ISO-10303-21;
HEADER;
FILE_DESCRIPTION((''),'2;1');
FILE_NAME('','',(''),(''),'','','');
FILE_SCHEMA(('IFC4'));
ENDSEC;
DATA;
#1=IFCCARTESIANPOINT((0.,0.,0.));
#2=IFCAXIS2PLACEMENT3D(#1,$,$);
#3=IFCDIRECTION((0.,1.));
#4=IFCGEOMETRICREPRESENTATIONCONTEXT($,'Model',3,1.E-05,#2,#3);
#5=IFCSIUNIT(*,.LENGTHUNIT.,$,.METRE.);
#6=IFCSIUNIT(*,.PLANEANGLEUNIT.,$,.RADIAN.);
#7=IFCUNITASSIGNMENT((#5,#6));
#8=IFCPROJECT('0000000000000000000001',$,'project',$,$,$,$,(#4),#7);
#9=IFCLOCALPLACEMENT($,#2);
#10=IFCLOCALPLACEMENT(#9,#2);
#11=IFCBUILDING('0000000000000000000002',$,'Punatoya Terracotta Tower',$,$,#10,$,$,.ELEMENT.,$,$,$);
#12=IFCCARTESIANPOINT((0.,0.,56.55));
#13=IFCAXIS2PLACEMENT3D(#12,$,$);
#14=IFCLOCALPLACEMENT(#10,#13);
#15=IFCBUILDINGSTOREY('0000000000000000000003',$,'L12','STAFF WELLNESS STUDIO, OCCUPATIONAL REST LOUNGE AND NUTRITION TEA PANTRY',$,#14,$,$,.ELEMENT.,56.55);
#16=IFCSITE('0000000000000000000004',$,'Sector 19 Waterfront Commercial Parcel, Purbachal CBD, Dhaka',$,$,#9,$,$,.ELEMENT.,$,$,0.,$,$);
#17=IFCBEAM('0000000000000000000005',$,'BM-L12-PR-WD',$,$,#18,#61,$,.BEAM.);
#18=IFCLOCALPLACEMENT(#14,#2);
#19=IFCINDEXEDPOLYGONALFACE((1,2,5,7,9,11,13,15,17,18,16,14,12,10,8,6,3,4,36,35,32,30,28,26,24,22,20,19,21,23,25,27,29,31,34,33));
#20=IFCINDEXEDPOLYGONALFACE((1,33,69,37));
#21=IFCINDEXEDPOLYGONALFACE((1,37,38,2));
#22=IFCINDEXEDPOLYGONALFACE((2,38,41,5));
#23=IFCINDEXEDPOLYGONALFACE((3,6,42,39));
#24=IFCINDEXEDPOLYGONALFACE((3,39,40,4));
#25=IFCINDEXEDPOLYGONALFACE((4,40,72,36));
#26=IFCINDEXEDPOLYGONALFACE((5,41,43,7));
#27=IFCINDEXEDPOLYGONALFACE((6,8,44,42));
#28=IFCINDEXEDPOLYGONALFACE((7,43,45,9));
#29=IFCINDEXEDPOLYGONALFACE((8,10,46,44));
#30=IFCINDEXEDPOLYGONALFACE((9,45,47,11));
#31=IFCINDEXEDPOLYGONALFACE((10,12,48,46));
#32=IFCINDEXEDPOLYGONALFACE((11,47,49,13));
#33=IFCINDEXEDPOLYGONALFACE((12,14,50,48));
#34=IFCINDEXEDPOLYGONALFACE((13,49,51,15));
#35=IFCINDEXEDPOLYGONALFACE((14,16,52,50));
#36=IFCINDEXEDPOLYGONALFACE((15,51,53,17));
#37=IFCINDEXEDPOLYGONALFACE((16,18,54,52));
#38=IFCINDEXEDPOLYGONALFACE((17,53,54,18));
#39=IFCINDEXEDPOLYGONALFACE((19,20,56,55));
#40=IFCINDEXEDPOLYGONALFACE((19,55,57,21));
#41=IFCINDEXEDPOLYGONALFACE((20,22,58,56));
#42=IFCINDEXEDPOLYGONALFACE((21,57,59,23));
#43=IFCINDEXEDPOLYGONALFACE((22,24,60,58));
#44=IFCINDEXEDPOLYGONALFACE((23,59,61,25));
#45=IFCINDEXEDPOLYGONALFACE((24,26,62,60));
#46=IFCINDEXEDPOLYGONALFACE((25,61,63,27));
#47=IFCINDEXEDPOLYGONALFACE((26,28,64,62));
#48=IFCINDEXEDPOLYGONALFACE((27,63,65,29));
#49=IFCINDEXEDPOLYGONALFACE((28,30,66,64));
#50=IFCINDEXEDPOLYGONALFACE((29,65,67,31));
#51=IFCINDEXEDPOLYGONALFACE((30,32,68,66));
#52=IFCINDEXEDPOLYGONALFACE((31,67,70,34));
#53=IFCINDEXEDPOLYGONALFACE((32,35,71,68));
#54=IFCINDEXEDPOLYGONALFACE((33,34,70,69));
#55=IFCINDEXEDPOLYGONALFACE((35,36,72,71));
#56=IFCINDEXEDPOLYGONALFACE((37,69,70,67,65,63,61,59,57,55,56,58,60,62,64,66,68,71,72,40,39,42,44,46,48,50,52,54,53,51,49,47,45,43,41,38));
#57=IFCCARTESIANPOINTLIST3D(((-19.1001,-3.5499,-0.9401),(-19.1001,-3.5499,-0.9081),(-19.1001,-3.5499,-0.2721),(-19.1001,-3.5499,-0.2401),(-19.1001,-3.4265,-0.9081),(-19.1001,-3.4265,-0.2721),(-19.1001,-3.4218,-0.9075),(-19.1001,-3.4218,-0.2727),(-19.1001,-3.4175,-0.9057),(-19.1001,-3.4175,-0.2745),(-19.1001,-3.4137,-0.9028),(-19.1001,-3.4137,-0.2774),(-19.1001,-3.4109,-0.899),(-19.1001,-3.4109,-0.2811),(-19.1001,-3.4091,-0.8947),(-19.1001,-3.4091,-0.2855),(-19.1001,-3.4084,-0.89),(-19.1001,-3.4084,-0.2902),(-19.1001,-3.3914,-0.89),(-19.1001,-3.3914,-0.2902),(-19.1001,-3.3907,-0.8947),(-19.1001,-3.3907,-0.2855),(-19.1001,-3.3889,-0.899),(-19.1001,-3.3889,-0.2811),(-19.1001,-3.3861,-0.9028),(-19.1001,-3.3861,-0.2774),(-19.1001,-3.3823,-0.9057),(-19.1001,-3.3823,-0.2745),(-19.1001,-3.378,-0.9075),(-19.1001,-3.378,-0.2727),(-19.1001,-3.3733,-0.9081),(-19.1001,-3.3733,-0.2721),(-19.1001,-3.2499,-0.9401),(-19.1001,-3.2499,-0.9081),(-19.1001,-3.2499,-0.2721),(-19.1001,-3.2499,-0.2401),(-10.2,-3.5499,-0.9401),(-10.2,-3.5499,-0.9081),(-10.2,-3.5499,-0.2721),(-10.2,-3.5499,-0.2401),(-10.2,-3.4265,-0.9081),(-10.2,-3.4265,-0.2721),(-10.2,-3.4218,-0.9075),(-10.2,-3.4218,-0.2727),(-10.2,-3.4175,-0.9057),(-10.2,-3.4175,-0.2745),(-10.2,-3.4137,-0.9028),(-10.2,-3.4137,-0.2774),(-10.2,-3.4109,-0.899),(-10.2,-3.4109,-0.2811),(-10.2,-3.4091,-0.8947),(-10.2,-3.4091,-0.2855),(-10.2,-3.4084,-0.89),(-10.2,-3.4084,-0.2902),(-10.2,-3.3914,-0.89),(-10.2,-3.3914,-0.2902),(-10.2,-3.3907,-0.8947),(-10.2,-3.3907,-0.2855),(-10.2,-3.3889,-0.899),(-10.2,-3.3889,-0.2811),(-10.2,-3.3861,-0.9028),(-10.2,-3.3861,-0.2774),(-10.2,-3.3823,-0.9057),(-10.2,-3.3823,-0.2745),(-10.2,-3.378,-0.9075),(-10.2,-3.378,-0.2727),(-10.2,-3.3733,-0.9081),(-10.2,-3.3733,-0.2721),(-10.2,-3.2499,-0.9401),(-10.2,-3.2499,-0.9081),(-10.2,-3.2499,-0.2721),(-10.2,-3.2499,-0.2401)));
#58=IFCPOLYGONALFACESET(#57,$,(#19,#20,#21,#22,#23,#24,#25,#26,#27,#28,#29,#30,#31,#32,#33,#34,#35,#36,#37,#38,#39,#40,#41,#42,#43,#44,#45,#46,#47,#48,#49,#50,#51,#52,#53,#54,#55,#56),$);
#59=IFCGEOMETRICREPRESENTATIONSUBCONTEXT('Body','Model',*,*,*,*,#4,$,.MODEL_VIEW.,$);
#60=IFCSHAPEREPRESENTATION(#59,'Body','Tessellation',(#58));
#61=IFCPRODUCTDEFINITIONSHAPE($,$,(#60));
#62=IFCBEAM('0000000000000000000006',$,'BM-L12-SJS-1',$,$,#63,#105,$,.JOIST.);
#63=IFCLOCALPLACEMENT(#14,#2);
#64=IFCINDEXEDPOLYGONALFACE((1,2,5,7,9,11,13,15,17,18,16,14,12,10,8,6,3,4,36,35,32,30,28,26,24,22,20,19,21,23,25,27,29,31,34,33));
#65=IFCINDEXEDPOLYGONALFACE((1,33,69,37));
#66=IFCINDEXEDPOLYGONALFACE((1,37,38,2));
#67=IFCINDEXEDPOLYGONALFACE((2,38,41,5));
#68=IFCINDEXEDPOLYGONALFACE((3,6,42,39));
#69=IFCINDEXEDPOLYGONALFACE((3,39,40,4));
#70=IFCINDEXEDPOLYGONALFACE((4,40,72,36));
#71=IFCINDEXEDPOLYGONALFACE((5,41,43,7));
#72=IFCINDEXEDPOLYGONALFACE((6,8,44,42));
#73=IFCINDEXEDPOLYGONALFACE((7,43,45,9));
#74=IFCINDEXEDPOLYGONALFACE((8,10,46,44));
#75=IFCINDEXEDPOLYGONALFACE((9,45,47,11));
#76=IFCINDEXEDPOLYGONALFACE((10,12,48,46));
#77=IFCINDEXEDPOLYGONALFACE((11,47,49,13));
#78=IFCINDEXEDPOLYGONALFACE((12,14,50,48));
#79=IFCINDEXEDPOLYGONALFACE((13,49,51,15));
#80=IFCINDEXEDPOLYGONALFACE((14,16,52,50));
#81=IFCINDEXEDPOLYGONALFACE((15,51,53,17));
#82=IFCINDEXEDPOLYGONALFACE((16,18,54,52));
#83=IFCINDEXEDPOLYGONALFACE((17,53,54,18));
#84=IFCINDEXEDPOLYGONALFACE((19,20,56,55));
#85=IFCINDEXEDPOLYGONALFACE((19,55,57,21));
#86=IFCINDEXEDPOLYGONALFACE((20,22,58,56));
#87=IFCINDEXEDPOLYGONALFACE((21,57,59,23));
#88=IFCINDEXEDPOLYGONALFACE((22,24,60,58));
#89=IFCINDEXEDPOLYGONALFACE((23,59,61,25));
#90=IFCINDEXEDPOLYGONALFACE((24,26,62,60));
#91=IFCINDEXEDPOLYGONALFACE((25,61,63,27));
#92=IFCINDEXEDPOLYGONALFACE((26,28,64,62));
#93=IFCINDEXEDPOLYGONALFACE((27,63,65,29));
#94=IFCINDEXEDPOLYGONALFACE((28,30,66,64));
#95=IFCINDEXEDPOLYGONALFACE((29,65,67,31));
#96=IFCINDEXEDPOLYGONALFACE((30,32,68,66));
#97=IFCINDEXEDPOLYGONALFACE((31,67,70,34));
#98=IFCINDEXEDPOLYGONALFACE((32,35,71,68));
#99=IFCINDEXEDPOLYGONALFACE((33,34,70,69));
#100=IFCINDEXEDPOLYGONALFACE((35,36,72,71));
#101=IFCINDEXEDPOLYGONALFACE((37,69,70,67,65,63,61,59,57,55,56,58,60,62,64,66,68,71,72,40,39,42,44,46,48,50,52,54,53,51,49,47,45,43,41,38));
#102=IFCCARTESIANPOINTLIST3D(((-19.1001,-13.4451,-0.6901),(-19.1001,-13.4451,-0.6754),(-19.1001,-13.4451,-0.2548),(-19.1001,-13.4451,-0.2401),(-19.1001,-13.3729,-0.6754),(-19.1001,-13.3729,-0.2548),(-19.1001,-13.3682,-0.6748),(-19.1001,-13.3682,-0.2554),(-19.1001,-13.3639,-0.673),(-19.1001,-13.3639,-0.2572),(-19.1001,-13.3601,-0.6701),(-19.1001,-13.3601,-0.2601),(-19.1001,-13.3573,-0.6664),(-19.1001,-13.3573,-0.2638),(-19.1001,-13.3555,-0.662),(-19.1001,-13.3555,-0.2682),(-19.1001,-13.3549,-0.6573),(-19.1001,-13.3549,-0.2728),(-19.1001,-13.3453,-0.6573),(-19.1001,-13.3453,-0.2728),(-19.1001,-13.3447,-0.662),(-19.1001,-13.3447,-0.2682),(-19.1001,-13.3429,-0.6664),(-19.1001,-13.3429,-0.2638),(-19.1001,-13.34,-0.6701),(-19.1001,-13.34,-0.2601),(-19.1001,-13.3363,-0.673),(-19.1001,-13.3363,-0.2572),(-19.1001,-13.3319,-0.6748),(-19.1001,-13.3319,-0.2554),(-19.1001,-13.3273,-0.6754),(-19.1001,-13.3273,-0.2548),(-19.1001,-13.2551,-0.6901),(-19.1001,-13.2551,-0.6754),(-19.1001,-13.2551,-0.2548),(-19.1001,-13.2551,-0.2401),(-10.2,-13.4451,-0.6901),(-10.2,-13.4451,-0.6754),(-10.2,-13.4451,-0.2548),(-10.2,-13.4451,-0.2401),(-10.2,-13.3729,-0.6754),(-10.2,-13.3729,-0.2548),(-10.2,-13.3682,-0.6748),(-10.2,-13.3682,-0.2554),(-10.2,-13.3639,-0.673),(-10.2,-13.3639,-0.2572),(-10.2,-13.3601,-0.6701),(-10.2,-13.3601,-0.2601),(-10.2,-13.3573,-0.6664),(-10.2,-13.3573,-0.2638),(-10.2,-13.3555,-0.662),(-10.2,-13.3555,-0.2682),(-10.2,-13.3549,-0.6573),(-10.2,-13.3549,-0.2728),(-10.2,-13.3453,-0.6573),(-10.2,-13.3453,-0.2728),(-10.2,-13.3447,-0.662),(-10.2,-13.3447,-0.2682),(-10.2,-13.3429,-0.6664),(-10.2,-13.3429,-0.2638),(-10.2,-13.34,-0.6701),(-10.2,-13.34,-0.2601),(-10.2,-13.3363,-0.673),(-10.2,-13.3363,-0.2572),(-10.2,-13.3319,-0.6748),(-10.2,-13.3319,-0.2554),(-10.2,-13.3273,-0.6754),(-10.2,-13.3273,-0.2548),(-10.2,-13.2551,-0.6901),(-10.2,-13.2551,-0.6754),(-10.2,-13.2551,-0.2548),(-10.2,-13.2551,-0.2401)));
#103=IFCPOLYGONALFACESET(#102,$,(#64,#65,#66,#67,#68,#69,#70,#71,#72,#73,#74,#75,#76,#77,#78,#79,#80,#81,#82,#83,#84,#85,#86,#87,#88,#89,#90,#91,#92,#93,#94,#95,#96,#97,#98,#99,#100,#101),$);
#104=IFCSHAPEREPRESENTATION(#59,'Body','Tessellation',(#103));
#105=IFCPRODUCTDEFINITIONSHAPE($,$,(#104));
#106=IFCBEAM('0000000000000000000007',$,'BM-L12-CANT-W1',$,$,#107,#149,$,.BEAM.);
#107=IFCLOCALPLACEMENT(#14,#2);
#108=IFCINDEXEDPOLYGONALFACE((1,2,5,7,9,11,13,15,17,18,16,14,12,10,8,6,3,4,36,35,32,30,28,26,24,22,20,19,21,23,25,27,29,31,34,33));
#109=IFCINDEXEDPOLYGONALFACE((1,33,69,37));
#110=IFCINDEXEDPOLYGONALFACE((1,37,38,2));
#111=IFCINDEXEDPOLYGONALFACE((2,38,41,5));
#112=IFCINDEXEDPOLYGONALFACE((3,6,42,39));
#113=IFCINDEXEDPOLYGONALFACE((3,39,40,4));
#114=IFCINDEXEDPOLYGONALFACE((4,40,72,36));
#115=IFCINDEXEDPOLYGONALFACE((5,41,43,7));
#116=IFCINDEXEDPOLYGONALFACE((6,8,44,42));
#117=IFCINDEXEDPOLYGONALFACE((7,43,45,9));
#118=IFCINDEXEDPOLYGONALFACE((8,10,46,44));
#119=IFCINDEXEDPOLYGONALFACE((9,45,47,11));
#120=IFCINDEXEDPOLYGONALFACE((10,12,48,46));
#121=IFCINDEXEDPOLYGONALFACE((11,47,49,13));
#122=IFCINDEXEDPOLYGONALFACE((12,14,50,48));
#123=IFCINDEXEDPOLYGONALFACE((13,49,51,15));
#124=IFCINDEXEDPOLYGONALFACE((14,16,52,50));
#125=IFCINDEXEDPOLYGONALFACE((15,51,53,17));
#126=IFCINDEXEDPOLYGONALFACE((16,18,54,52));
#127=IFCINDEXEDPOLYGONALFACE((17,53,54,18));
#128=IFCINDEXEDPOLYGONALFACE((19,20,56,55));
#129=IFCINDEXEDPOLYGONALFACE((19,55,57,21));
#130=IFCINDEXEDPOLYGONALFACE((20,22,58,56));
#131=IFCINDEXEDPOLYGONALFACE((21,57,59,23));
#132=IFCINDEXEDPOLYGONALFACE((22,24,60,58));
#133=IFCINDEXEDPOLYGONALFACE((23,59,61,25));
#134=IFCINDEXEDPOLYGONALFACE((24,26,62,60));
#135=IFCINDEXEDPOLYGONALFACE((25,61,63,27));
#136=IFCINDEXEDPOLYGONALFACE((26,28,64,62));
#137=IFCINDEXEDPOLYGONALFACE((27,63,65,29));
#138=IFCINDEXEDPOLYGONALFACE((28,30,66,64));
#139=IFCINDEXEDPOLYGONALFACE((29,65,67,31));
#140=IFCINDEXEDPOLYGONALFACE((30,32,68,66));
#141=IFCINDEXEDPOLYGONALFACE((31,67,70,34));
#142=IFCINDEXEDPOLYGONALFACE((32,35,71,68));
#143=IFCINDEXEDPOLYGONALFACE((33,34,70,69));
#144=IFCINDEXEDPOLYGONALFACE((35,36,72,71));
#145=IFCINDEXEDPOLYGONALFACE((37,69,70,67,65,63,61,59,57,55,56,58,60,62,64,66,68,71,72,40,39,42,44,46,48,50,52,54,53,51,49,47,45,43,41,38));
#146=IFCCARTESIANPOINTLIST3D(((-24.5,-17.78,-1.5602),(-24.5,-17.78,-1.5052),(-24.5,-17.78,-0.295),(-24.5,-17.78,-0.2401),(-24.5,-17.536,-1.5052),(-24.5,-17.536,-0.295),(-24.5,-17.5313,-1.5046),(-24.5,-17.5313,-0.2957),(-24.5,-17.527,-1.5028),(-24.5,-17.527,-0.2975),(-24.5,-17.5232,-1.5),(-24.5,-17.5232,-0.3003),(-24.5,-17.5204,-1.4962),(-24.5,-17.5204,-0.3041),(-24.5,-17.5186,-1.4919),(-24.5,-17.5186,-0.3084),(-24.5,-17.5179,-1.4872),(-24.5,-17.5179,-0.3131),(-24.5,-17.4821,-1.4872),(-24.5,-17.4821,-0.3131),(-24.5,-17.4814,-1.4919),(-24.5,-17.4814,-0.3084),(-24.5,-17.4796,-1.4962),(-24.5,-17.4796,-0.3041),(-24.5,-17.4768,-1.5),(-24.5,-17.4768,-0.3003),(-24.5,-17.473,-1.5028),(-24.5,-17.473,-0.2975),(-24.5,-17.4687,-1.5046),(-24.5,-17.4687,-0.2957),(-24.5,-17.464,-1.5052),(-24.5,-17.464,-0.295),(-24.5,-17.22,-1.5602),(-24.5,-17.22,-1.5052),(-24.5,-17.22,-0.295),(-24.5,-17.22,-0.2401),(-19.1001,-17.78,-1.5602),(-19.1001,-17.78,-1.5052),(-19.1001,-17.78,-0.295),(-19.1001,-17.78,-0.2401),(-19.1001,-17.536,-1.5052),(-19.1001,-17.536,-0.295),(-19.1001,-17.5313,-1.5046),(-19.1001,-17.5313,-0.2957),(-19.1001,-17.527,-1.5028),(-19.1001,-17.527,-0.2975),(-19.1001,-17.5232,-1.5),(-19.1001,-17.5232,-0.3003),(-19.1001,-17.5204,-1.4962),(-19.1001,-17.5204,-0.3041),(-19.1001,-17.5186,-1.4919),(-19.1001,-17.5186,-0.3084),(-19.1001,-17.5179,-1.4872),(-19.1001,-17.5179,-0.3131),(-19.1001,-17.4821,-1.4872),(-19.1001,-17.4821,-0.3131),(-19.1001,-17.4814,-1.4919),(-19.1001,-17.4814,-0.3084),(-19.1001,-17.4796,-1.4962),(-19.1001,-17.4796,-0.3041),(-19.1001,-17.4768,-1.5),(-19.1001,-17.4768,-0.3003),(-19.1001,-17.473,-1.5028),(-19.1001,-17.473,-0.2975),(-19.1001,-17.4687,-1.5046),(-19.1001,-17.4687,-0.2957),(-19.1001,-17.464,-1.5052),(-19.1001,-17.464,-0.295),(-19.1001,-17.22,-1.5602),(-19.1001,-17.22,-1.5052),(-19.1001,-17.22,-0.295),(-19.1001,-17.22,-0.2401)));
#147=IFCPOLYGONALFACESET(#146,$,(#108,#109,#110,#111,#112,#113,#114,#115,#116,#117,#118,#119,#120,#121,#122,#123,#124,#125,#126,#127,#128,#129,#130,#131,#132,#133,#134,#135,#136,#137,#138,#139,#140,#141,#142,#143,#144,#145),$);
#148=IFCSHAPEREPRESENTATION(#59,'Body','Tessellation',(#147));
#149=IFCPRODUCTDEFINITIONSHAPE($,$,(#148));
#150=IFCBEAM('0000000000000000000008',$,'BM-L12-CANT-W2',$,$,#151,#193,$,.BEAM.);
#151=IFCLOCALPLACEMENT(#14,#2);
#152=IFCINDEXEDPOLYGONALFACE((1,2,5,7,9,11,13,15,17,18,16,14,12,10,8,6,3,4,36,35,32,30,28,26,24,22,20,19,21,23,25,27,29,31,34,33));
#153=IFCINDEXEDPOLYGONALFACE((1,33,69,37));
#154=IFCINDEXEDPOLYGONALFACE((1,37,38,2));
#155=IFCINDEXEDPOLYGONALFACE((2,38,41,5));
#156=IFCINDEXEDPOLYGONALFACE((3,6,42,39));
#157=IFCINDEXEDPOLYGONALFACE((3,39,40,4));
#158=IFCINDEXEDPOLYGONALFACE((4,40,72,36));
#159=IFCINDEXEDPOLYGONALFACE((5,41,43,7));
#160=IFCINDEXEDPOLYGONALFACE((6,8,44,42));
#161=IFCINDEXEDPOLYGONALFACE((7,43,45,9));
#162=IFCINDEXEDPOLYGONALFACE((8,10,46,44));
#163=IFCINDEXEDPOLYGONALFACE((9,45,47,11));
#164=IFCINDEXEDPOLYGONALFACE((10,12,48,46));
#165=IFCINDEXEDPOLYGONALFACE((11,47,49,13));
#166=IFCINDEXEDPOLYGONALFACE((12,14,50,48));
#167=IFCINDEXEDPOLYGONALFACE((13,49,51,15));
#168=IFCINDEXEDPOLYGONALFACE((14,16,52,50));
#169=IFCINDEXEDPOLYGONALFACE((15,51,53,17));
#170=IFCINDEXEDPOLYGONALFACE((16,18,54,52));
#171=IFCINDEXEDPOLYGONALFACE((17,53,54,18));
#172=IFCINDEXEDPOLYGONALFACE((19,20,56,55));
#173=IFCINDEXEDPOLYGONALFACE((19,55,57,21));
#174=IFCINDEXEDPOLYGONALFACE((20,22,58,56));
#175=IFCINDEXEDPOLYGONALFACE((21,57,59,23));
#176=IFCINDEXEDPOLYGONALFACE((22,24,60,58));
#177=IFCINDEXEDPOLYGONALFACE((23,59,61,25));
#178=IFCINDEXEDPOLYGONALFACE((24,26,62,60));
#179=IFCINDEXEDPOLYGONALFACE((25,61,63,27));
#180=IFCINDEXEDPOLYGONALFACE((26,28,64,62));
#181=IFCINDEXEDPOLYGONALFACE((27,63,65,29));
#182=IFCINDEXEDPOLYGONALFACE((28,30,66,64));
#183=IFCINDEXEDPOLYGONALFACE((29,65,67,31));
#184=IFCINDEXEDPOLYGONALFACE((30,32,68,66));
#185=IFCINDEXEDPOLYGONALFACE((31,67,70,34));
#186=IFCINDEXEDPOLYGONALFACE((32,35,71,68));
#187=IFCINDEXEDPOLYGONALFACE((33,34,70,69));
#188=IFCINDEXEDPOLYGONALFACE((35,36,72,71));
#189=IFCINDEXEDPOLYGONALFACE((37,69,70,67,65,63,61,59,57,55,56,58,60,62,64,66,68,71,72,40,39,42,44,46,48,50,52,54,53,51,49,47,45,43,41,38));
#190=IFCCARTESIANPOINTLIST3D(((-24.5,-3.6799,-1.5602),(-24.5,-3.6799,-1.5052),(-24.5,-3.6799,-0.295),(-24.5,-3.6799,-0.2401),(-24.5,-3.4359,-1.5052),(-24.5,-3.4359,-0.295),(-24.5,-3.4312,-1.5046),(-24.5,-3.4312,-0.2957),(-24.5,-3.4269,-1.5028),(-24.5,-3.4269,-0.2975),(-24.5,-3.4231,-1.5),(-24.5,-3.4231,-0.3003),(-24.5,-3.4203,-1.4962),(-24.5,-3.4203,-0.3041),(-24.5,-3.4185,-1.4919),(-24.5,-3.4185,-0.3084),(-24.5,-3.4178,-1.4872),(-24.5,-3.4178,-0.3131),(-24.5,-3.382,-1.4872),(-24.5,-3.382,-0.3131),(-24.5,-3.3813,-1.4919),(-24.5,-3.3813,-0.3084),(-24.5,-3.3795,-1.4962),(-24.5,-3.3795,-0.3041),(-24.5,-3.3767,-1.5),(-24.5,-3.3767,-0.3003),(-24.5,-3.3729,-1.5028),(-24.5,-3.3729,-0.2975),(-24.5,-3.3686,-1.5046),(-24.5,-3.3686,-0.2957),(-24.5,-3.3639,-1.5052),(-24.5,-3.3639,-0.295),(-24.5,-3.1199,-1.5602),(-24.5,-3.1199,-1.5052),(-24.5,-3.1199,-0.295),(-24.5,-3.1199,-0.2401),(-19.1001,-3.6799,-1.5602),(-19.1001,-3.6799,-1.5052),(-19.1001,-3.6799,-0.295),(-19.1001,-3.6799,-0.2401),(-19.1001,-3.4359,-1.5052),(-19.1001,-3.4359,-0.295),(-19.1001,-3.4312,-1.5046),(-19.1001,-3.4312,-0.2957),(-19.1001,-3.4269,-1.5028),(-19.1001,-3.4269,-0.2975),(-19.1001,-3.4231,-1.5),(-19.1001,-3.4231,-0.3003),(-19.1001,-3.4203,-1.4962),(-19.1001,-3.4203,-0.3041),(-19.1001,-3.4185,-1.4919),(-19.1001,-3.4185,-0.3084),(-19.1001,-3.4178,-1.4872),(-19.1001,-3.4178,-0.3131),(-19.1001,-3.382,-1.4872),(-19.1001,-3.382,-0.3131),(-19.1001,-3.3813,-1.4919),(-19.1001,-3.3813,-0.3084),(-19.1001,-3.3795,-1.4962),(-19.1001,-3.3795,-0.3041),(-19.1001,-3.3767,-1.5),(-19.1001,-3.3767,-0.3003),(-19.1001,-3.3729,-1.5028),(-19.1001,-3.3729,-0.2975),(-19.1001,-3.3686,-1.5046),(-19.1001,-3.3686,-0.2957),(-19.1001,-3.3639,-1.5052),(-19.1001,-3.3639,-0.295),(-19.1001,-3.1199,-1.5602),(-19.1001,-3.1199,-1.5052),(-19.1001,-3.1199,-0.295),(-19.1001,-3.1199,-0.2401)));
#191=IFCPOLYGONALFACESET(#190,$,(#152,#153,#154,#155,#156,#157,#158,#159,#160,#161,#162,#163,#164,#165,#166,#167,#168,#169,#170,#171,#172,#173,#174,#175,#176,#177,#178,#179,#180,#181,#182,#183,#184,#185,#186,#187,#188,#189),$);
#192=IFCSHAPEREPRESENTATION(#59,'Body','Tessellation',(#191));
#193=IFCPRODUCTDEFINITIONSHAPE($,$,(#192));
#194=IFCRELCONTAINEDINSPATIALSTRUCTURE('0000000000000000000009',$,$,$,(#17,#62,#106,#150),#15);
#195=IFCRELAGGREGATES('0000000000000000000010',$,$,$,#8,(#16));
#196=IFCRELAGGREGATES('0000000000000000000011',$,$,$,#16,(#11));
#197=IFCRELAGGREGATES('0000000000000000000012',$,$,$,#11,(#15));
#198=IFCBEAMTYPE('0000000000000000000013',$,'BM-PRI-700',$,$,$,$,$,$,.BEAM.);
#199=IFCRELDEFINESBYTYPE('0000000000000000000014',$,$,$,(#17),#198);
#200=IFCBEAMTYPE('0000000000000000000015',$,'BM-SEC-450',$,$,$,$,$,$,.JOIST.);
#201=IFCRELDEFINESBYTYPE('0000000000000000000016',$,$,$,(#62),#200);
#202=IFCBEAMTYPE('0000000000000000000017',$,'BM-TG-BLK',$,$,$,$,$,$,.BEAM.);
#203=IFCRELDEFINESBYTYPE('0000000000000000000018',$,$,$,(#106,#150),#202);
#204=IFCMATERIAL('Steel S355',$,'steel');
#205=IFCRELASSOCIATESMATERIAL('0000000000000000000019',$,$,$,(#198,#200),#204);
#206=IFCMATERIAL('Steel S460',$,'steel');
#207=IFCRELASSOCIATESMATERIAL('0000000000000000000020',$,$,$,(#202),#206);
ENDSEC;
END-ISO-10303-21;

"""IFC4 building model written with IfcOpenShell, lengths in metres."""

from ifc_helpers import new_model, si_unit, direction, frame, origin, origin_2d, place, context, subcontext, project, spatial, i_section, extrude, material, material_profile, profile_set, type_object, element, save


model = new_model("IFC4")

# Units and contexts
model_context = context("Model", 3, precision=1e-05, world=origin(), true_north=direction((0.0, 1.0)))
body_context = subcontext(model_context, "Body", "Model", "MODEL_VIEW")
ifc_project = project(units=[si_unit("LENGTHUNIT", "METRE"), si_unit("PLANEANGLEUNIT", "RADIAN")], contexts=[model_context])

# Site, building, storey
site_placement = place(None, origin())
site = spatial("IfcSite", under=ifc_project, at=site_placement, Name="Sector 19 Waterfront Commercial Parcel, Purbachal CBD, Dhaka", CompositionType="ELEMENT", RefElevation=0.0)
building_placement = place(site_placement, origin())
building = spatial("IfcBuilding", under=site, at=building_placement, Name="Punatoya Terracotta Tower", CompositionType="ELEMENT")
storey_placement = place(building_placement, frame((0.0, 0.0, 56.55)))
storey = spatial("IfcBuildingStorey", under=building, at=storey_placement, Name="L12", Description="STAFF WELLNESS STUDIO, OCCUPATIONAL REST LOUNGE AND NUTRITION TEA PANTRY", CompositionType="ELEMENT", Elevation=56.55)

# Shared definitions
ifc_material_1 = material(Name="Steel S460", Category="steel")

# Beams
ifc_material_2 = material(Name="Steel S355", Category="steel")
ifc_material_profile_1 = material_profile(ifc_material_2, i_section(OverallWidth=0.3, OverallDepth=0.7, WebThickness=0.0171, FlangeThickness=0.032, FilletRadius=0.0181, at=origin_2d()))
ifc_profile_set_1 = profile_set([ifc_material_profile_1], Name="Steel S355")
beam_type_1 = type_object("IfcBeamType", Name="BM-PRI-700", PredefinedType="BEAM", material=ifc_profile_set_1)
for number, where, z_axis, x_axis, name in (
    (1, (-19.1001, -3.3999, -0.5901), (1.0, 0.0, 0.0), (0.0, 1.0, 0.0), "BM-L12-PR-WD"),
):
    element("IfcBeam", number, at=place(storey_placement, frame(where, z_axis=z_axis, x_axis=x_axis)), inside=storey, type_object=beam_type_1, Name=name, PredefinedType="BEAM", context=body_context, shape_type="SweptSolid", body=[
        extrude(i_section(OverallWidth=0.3, OverallDepth=0.7, WebThickness=0.0171, FlangeThickness=0.032, FilletRadius=0.0181, at=origin_2d()), origin(), (0.0, 0.0, 1.0), 8.9001),
    ])
ifc_material_profile_2 = material_profile(ifc_material_2, i_section(OverallWidth=0.1899, OverallDepth=0.45, WebThickness=0.0095, FlangeThickness=0.0146, FilletRadius=0.0181, at=origin_2d()))
ifc_profile_set_2 = profile_set([ifc_material_profile_2], Name="Steel S355")
beam_type_2 = type_object("IfcBeamType", Name="BM-SEC-450", PredefinedType="JOIST", material=ifc_profile_set_2)
beam_1_placement = place(storey_placement, frame((-19.1001, -13.3501, -0.4651), z_axis=(1.0, 0.0, 0.0), x_axis=(0.0, 1.0, 0.0)))
element("IfcBeam", 2, at=beam_1_placement, inside=storey, type_object=beam_type_2, Name="BM-L12-SJS-1", PredefinedType="JOIST", context=body_context, shape_type="SweptSolid", body=[
    extrude(i_section(OverallWidth=0.1899, OverallDepth=0.45, WebThickness=0.0095, FlangeThickness=0.0146, FilletRadius=0.0181, at=origin_2d()), origin(), (0.0, 0.0, 1.0), 8.9001),
])
ifc_material_profile_3 = material_profile(ifc_material_1, i_section(OverallWidth=0.5601, OverallDepth=1.3201, WebThickness=0.0359, FlangeThickness=0.0549, FilletRadius=0.0181, at=origin_2d()))
ifc_profile_set_3 = profile_set([ifc_material_profile_3], Name="Steel S460")
beam_type_3 = type_object("IfcBeamType", Name="BM-TG-BLK", PredefinedType="BEAM", material=ifc_profile_set_3)
for number, where, z_axis, x_axis, name in (
    (3, (-24.5, -17.5, -0.9001), (1.0, 0.0, 0.0), (0.0, 1.0, 0.0), "BM-L12-CANT-W1"),
    (4, (-24.5, -3.3999, -0.9001), (1.0, 0.0, 0.0), (0.0, 1.0, 0.0), "BM-L12-CANT-W2"),
):
    element("IfcBeam", number, at=place(storey_placement, frame(where, z_axis=z_axis, x_axis=x_axis)), inside=storey, type_object=beam_type_3, Name=name, PredefinedType="BEAM", context=body_context, shape_type="SweptSolid", body=[
        extrude(i_section(OverallWidth=0.5601, OverallDepth=1.3201, WebThickness=0.0359, FlangeThickness=0.0549, FilletRadius=0.0181, at=origin_2d()), origin(), (0.0, 0.0, 1.0), 5.3999),
    ])

save(model, "model.ifc")
